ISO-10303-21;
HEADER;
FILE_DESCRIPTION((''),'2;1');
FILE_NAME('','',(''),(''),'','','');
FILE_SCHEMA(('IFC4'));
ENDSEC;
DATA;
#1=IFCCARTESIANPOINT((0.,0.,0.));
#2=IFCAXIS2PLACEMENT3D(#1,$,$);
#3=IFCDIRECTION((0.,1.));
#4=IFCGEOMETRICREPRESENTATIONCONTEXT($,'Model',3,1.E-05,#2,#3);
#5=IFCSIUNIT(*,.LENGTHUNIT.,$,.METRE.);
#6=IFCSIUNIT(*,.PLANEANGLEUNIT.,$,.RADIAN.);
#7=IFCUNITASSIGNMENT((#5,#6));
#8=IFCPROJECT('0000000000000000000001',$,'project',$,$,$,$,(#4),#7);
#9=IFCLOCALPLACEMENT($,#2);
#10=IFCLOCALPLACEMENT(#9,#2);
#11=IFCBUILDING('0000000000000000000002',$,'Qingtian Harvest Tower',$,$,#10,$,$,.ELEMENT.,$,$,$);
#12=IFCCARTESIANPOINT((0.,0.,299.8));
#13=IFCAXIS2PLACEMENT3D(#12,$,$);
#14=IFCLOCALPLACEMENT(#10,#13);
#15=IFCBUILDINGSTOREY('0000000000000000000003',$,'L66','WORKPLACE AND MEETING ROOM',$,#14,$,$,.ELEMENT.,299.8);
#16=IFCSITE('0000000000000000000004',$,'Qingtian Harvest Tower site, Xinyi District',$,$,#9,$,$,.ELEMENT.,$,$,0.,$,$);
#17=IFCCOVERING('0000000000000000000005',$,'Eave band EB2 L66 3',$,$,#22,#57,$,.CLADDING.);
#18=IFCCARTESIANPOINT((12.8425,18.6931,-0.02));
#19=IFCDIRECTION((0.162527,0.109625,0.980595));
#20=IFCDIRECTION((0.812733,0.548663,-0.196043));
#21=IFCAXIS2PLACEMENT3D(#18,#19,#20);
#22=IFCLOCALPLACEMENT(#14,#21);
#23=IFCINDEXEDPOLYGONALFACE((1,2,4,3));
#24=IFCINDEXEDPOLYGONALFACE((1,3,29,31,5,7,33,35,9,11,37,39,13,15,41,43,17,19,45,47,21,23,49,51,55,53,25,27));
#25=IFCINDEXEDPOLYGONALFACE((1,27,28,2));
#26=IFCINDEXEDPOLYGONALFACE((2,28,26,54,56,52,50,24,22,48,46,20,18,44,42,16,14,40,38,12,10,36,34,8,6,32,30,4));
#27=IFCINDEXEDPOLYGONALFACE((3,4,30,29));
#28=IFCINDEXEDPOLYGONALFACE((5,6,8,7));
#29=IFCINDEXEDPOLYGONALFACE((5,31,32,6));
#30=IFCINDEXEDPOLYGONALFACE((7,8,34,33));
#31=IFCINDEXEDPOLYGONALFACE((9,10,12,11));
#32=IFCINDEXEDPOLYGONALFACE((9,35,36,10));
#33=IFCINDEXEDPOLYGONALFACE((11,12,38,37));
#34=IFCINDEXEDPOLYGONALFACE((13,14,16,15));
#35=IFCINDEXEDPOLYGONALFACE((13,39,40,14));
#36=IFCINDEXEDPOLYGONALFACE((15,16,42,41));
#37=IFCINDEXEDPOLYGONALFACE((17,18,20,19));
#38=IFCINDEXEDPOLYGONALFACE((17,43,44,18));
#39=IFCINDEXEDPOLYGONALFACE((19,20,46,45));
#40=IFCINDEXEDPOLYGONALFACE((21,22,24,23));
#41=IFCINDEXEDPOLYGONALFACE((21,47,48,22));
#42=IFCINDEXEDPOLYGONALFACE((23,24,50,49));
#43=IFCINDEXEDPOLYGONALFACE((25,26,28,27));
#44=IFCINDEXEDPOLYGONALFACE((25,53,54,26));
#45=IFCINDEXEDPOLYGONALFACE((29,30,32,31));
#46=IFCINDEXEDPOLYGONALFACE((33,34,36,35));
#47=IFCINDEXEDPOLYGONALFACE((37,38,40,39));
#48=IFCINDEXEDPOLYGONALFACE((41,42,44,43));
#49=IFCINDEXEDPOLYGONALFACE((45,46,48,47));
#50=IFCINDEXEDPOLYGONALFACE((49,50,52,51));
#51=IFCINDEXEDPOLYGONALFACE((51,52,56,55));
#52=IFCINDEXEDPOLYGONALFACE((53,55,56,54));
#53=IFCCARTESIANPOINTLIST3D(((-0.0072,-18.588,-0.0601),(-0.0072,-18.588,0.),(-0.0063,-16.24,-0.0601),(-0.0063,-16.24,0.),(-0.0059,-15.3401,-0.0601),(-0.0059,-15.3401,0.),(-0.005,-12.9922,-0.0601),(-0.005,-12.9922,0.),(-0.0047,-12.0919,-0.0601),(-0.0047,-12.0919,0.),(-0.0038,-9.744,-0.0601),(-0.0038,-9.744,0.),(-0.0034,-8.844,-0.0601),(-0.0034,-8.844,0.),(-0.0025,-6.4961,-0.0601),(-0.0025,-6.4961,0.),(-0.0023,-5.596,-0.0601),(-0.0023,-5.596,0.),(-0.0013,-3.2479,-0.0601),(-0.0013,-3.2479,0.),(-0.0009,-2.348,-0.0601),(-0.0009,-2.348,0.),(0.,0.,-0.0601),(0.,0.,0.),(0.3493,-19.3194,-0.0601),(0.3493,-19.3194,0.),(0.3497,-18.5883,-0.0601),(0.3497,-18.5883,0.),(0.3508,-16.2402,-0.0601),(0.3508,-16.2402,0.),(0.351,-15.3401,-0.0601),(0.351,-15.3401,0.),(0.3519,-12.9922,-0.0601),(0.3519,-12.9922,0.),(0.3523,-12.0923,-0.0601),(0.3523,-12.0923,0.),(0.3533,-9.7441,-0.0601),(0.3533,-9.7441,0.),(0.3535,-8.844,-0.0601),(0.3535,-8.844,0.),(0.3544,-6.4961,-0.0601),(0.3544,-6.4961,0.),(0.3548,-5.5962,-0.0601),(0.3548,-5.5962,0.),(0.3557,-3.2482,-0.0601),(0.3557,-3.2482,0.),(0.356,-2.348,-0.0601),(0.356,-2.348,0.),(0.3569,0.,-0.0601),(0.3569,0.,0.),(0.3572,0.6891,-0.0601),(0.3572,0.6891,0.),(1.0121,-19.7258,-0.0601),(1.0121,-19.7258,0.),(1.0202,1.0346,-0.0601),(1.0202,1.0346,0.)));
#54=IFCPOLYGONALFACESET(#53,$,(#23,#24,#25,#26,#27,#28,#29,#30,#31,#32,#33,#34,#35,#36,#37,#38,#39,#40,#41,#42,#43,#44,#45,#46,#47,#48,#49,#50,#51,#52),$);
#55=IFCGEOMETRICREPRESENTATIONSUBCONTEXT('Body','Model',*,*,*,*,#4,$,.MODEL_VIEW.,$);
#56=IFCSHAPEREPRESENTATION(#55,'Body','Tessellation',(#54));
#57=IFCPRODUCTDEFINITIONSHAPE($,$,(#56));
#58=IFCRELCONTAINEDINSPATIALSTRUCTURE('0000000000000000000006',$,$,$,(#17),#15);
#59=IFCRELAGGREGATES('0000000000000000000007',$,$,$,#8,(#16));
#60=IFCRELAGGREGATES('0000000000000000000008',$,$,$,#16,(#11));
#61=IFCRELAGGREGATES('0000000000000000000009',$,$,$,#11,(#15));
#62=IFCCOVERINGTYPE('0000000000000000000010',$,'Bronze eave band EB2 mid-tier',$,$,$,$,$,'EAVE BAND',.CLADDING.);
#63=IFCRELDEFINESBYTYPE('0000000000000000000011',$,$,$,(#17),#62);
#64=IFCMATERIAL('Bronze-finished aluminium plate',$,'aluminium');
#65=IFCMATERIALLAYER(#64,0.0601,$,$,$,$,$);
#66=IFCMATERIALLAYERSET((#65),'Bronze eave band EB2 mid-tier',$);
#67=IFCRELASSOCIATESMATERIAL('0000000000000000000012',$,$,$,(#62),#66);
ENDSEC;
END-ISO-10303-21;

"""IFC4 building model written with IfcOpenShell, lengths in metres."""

from ifc_helpers import new_model, si_unit, direction, frame, origin, place, context, subcontext, project, spatial, polyline, outline, extrude, material, layer, layer_set, type_object, element, save


model = new_model("IFC4")

# Units and contexts
model_context = context("Model", 3, precision=1e-05, world=origin(), true_north=direction((0.0, 1.0)))
body_context = subcontext(model_context, "Body", "Model", "MODEL_VIEW")
ifc_project = project(units=[si_unit("LENGTHUNIT", "METRE"), si_unit("PLANEANGLEUNIT", "RADIAN")], contexts=[model_context])

# Site, building, storey
site_placement = place(None, origin())
site = spatial("IfcSite", under=ifc_project, at=site_placement, Name="Qingtian Harvest Tower site, Xinyi District", CompositionType="ELEMENT", RefElevation=0.0)
building_placement = place(site_placement, origin())
building = spatial("IfcBuilding", under=site, at=building_placement, Name="Qingtian Harvest Tower", CompositionType="ELEMENT")
storey_placement = place(building_placement, frame((0.0, 0.0, 299.8)))
storey = spatial("IfcBuildingStorey", under=building, at=storey_placement, Name="L66", Description="WORKPLACE AND MEETING ROOM", CompositionType="ELEMENT", Elevation=299.8)

# Covering
ifc_material_1 = material(Name="Bronze-finished aluminium plate", Category="aluminium")
ifc_layer_1 = layer(ifc_material_1, 0.0601)
ifc_layer_set_1 = layer_set([ifc_layer_1], Name="Bronze eave band EB2 mid-tier")
covering_type = type_object("IfcCoveringType", Name="Bronze eave band EB2 mid-tier", ElementType="EAVE BAND", PredefinedType="CLADDING", material=ifc_layer_set_1)
covering_placement = place(storey_placement, frame((12.8425, 18.6931, -0.02), z_axis=(0.162527, 0.109625, 0.980595), x_axis=(0.812733, 0.548663, -0.196043)))
element("IfcCovering", 1, at=covering_placement, inside=storey, type_object=covering_type, Name="Eave band EB2 L66 3", PredefinedType="CLADDING", context=body_context, shape_type="SweptSolid", body=[
    extrude(outline(polyline([(0.0, 0.0), (0.3569, 0.0), (0.3572, 0.6891), (1.0202, 1.0346), (1.0121, -19.7258), (0.3493, -19.3194), (0.3497, -18.5883), (-0.0072, -18.588), (-0.0063, -16.24), (0.3508, -16.2402), (0.351, -15.3401), (-0.0059, -15.3401), (-0.005, -12.9922), (0.3519, -12.9922), (0.3523, -12.0923), (-0.0047, -12.0919), (-0.0038, -9.744), (0.3533, -9.7441), (0.3535, -8.844), (-0.0034, -8.844), (-0.0025, -6.4961), (0.3544, -6.4961), (0.3548, -5.5962), (-0.0023, -5.596), (-0.0013, -3.2479), (0.3557, -3.2482), (0.356, -2.348), (-0.0009, -2.348), (0.0, 0.0)])), origin(), (0.0, 0.0, -1.0), 0.0601),
])

save(model, "model.ifc")
